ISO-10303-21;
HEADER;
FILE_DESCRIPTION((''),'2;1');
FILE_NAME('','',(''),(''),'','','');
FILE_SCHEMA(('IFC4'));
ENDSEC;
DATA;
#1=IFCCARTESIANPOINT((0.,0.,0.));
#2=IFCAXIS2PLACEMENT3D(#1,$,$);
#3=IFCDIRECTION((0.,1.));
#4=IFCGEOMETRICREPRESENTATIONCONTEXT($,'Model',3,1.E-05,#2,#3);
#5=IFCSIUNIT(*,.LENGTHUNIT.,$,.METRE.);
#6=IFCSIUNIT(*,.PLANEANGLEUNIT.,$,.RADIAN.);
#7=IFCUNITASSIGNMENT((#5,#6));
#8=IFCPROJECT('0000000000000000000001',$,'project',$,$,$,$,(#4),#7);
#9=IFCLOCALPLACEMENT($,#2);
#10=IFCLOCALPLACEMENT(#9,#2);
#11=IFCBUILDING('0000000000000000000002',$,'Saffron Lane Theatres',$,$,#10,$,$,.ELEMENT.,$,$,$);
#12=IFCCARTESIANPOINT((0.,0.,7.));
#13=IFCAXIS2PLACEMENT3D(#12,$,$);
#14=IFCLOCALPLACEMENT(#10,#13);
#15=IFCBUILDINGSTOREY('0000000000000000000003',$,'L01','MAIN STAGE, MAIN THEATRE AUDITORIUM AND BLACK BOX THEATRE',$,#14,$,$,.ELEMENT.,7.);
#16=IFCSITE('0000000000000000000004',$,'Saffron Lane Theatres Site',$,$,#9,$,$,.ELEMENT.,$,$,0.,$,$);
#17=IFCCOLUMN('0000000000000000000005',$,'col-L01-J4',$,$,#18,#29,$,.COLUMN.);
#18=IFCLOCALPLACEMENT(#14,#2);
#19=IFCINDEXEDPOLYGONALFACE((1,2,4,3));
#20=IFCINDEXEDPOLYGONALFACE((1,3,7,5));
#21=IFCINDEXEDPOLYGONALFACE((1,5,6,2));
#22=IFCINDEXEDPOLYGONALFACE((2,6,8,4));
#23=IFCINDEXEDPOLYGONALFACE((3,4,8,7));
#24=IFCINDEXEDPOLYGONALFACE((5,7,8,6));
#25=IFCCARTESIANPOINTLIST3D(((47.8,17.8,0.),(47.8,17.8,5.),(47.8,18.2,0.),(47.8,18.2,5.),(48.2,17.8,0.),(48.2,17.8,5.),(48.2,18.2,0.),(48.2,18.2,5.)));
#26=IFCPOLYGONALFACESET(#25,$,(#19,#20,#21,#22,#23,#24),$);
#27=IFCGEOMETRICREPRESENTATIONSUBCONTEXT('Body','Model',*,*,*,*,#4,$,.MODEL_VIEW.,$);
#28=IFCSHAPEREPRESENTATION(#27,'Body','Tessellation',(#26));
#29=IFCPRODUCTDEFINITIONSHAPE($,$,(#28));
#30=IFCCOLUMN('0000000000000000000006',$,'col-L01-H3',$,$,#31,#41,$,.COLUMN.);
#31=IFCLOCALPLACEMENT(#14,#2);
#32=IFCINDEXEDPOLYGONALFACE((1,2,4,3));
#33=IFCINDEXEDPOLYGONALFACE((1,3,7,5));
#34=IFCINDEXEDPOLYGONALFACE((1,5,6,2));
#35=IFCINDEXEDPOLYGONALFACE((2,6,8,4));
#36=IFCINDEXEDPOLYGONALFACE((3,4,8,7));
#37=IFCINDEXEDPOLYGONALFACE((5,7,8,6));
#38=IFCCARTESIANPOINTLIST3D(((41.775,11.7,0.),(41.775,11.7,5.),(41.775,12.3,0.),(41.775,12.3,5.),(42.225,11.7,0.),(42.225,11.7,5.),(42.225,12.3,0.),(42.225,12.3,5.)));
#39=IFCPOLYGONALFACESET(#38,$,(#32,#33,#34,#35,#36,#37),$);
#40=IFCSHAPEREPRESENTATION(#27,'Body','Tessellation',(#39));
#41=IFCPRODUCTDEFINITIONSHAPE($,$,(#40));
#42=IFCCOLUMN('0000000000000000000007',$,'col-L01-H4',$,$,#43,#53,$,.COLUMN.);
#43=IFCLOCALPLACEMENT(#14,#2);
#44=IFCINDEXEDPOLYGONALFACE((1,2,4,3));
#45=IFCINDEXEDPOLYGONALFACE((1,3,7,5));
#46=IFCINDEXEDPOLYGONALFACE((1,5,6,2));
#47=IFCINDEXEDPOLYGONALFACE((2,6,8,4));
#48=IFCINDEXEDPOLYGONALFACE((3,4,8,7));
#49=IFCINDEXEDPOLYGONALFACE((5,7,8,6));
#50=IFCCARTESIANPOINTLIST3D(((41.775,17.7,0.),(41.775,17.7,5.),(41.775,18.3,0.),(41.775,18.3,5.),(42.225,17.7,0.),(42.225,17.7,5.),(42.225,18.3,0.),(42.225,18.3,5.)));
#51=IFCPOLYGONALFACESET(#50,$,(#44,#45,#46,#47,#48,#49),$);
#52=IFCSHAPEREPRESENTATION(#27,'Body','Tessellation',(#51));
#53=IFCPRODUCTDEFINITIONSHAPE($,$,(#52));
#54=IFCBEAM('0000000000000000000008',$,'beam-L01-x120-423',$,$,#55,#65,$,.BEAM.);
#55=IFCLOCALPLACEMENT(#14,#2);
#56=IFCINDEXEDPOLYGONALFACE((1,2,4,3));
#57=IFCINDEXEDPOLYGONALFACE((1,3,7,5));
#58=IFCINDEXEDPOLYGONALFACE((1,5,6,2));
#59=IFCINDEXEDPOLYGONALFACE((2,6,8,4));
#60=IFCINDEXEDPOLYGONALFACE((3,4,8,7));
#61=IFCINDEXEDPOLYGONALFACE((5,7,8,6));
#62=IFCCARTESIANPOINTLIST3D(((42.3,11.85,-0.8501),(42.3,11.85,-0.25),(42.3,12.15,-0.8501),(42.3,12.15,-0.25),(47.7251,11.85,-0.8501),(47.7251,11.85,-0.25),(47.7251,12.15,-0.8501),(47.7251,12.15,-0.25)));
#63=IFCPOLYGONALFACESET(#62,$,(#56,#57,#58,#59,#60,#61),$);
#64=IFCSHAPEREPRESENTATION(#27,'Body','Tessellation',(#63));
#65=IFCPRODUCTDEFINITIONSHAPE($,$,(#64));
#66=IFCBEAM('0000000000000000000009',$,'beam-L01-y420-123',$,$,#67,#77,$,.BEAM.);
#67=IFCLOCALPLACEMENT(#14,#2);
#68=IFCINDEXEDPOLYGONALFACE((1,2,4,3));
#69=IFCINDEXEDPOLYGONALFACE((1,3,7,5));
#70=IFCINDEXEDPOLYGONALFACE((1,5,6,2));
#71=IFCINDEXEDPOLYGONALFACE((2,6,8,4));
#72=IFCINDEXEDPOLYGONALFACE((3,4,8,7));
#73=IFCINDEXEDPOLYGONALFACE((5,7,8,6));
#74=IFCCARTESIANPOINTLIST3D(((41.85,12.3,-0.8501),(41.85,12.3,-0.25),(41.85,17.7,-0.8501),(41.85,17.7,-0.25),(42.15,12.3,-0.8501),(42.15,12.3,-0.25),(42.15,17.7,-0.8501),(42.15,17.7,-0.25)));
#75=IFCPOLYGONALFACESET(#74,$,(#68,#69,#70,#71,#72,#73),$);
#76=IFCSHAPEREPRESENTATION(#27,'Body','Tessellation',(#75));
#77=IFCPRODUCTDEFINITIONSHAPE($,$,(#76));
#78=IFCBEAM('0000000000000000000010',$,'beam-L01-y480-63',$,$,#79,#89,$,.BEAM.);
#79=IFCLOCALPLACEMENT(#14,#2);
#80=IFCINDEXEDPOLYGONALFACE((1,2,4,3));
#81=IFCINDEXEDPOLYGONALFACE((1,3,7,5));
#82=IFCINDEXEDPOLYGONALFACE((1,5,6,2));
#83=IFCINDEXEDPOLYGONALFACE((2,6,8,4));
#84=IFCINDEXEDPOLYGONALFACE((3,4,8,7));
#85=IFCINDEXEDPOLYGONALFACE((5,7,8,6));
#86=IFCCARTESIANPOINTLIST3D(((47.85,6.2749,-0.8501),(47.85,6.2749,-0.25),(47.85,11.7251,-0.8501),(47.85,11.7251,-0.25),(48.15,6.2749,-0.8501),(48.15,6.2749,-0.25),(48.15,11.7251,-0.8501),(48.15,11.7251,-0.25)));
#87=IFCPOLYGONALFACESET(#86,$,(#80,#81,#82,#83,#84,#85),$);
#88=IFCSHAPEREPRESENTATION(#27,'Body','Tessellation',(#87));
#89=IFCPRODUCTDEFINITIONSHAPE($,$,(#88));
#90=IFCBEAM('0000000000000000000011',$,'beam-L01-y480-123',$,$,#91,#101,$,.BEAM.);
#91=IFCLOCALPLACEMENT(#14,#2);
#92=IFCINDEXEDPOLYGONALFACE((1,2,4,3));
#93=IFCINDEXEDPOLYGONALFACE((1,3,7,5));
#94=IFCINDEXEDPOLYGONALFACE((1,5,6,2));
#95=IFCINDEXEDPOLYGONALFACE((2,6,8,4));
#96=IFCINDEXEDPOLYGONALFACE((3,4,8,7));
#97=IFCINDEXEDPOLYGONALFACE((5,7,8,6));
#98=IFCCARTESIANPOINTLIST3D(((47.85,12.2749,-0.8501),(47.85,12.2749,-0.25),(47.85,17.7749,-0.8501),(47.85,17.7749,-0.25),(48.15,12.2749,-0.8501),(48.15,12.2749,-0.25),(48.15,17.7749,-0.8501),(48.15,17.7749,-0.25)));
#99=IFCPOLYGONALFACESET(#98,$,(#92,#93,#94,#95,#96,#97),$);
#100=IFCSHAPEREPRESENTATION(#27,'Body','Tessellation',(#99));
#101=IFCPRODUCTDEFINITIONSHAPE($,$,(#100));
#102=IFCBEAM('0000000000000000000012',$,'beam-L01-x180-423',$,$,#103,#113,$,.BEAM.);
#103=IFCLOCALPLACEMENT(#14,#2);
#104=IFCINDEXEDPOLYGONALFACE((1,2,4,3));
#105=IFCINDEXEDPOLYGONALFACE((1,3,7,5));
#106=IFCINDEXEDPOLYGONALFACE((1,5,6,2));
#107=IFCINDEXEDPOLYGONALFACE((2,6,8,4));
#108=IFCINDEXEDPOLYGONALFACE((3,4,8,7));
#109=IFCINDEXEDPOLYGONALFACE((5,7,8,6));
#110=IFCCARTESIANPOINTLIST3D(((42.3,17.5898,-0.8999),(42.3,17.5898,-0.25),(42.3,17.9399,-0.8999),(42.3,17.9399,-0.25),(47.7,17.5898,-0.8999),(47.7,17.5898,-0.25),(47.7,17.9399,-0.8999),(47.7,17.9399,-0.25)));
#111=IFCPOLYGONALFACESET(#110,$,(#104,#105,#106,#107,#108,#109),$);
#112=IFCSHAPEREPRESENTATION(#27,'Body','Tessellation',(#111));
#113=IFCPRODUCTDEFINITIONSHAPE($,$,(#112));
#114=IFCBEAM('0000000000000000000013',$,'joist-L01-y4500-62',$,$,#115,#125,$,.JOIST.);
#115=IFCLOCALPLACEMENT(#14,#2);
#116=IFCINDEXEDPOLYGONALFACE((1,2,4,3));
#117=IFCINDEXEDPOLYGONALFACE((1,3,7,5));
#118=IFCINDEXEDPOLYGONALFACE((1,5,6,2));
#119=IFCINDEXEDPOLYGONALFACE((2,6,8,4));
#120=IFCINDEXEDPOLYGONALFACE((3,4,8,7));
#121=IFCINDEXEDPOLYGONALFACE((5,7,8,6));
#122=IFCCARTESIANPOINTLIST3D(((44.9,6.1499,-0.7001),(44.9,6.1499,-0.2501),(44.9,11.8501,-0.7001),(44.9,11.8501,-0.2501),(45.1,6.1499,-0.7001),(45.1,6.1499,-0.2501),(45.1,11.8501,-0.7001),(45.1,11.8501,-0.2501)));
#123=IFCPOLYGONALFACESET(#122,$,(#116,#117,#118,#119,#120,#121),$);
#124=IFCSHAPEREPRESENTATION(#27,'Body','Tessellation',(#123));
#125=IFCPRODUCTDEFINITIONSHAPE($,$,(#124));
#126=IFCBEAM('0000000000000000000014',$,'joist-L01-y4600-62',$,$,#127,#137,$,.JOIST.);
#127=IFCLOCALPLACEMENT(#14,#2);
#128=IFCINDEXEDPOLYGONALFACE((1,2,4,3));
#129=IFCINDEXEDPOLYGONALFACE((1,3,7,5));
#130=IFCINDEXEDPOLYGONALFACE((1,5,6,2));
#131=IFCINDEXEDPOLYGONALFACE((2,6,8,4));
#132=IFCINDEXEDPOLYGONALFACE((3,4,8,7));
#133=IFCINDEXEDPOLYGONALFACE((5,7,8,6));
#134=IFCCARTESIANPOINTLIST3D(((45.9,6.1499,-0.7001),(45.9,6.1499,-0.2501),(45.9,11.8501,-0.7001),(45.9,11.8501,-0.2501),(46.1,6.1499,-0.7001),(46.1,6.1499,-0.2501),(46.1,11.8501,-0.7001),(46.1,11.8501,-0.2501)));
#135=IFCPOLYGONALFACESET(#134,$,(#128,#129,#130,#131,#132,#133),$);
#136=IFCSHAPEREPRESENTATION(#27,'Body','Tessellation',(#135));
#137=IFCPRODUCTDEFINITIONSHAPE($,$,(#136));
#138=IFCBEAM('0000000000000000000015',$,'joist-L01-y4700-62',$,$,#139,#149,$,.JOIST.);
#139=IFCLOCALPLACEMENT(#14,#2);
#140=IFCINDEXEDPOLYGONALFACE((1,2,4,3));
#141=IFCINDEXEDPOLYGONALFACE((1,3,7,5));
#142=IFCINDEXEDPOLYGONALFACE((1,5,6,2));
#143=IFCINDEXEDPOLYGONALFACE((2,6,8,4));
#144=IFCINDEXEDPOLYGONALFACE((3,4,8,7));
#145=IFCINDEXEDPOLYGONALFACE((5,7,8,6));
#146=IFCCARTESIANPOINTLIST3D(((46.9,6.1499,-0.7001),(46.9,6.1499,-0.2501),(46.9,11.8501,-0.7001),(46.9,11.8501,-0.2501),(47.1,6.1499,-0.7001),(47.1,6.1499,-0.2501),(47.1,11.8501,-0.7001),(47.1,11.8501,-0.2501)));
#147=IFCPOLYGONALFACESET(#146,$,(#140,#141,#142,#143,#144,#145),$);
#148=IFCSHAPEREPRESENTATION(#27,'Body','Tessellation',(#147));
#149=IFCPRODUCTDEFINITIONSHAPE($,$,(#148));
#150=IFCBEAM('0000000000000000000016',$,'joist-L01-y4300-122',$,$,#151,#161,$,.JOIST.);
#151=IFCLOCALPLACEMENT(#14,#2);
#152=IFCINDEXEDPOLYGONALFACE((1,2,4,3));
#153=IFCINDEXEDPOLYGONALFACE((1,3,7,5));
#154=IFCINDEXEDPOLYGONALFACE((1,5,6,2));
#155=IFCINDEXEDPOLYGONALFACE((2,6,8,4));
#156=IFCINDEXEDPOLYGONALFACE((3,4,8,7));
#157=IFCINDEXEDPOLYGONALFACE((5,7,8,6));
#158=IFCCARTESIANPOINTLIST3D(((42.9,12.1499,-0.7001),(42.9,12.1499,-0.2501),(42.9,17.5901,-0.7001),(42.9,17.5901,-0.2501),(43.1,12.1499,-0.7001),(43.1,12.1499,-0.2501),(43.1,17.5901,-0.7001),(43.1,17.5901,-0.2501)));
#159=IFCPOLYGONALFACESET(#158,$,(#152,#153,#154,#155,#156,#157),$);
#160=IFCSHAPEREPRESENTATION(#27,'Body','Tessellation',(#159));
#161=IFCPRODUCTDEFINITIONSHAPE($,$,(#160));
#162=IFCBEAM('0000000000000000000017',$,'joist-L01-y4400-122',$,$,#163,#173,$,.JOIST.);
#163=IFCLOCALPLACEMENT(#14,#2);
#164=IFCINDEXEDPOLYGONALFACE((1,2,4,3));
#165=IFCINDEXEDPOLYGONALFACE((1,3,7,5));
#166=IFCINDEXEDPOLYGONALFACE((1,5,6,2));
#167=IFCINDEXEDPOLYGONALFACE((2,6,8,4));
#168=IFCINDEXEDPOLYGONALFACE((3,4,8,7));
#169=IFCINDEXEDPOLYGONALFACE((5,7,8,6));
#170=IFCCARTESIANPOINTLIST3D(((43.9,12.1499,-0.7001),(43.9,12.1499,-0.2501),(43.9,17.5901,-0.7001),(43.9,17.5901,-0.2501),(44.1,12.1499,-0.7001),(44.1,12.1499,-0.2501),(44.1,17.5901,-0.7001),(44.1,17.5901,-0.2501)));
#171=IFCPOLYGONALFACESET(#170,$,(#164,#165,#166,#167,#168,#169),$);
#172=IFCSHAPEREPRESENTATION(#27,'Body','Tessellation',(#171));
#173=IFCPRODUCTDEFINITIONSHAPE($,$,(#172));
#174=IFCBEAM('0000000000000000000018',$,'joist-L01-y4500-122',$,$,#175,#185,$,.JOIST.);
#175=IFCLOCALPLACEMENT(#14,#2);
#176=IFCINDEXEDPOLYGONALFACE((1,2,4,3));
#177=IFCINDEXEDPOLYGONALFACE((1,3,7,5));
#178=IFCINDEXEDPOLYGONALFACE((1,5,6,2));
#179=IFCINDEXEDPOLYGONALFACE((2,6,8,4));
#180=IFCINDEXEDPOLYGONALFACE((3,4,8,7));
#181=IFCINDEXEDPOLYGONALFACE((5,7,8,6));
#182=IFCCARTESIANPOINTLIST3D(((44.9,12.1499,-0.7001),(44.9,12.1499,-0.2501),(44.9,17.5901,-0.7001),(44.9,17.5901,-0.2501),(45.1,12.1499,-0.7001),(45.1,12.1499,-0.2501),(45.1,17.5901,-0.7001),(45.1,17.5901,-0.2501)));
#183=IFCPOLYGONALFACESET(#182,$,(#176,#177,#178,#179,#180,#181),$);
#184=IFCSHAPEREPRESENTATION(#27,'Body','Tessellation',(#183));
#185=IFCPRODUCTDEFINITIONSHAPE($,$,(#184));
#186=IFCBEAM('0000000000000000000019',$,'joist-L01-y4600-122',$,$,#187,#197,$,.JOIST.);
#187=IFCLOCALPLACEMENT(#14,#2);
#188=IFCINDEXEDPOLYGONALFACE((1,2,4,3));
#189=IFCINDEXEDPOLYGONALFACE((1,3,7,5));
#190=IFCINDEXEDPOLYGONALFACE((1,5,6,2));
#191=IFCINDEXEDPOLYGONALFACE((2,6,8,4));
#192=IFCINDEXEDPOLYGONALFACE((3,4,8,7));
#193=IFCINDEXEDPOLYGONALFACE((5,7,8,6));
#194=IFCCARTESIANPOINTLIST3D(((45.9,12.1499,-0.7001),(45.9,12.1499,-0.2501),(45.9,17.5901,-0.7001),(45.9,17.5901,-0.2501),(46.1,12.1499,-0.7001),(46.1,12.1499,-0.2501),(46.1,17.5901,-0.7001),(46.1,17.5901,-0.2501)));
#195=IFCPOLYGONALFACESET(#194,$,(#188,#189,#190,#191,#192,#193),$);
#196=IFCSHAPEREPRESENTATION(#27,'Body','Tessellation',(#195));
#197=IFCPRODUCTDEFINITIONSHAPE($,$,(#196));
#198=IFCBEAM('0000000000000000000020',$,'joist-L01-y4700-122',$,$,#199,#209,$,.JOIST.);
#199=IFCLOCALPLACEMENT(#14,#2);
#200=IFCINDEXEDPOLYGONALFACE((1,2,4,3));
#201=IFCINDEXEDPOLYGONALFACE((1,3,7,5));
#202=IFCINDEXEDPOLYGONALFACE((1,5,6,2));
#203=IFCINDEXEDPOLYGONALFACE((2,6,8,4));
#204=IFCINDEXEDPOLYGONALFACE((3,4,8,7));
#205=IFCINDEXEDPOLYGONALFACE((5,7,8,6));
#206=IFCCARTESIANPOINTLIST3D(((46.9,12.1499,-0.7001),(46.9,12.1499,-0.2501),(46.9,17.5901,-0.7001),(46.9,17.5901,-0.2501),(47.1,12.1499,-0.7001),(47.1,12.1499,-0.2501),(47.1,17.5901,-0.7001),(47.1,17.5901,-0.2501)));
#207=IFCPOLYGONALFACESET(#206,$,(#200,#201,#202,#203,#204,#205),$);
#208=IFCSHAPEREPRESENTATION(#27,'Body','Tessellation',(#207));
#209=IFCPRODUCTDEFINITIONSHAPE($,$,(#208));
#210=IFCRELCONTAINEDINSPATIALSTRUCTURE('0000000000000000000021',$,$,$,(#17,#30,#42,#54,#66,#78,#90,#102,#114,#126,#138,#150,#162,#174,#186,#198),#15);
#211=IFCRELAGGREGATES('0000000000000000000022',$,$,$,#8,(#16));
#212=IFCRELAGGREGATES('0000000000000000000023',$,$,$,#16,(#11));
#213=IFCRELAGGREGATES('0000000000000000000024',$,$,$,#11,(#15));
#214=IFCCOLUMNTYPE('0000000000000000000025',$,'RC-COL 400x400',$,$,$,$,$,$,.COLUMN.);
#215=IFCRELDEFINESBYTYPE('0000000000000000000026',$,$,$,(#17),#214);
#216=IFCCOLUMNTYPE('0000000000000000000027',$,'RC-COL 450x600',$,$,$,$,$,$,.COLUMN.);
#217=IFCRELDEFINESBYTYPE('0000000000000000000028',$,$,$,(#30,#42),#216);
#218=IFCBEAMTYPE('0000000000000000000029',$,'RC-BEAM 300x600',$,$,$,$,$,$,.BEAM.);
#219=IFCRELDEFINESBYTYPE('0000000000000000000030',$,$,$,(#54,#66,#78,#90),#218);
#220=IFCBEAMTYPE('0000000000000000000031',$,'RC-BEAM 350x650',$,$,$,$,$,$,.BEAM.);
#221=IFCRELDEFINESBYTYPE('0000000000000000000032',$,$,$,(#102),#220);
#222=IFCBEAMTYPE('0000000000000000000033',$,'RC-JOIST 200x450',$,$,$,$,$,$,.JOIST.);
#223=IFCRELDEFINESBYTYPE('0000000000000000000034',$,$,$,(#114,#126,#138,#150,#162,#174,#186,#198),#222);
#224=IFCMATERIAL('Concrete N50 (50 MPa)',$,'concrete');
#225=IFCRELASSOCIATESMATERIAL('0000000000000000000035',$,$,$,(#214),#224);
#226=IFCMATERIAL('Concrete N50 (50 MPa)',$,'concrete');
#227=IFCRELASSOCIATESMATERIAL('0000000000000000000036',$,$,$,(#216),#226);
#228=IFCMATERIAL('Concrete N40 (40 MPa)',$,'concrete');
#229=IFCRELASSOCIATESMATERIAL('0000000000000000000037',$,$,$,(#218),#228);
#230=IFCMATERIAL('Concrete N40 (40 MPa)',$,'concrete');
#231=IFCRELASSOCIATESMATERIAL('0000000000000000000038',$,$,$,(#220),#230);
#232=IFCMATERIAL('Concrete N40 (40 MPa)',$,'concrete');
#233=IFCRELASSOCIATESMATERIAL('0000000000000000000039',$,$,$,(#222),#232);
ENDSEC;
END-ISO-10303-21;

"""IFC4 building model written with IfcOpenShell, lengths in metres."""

from ifc_helpers import new_model, si_unit, direction, frame, origin, origin_2d, place, context, subcontext, project, spatial, rectangle, extrude, material, material_profile, profile_set, type_object, element, save


model = new_model("IFC4")

# Units and contexts
model_context = context("Model", 3, precision=1e-05, world=origin(), true_north=direction((0.0, 1.0)))
body_context = subcontext(model_context, "Body", "Model", "MODEL_VIEW")
ifc_project = project(units=[si_unit("LENGTHUNIT", "METRE"), si_unit("PLANEANGLEUNIT", "RADIAN")], contexts=[model_context])

# Site, building, storey
site_placement = place(None, origin())
site = spatial("IfcSite", under=ifc_project, at=site_placement, Name="Saffron Lane Theatres Site", CompositionType="ELEMENT", RefElevation=0.0)
building_placement = place(site_placement, origin())
building = spatial("IfcBuilding", under=site, at=building_placement, Name="Saffron Lane Theatres", CompositionType="ELEMENT")
storey_placement = place(building_placement, frame((0.0, 0.0, 7.0)))
storey = spatial("IfcBuildingStorey", under=building, at=storey_placement, Name="L01", Description="MAIN STAGE, MAIN THEATRE AUDITORIUM AND BLACK BOX THEATRE", CompositionType="ELEMENT", Elevation=7.0)

# Columns
ifc_material_1 = material(Name="Concrete N50 (50 MPa)", Category="concrete")
ifc_material_profile_1 = material_profile(ifc_material_1, rectangle(XDim=0.3999, YDim=0.3999, at=origin_2d()))
ifc_profile_set_1 = profile_set([ifc_material_profile_1], Name="Concrete N50 (50 MPa)")
column_type_1 = type_object("IfcColumnType", Name="RC-COL 400x400", PredefinedType="COLUMN", material=ifc_profile_set_1)
column_placement = place(storey_placement, frame((48.0, 18.0, 0.0), z_axis=(0.0, 0.0, 1.0), x_axis=(1.0, 0.0, 0.0)))
element("IfcColumn", 1, at=column_placement, inside=storey, type_object=column_type_1, Name="col-L01-J4", PredefinedType="COLUMN", context=body_context, shape_type="SweptSolid", body=[
    extrude(rectangle(XDim=0.3999, YDim=0.3999, at=origin_2d()), origin(), (0.0, 0.0, 1.0), 5.0),
])
ifc_material_2 = material(Name="Concrete N50 (50 MPa)", Category="concrete")
ifc_material_profile_2 = material_profile(ifc_material_2, rectangle(XDim=0.45, YDim=0.6001, at=origin_2d()))
ifc_profile_set_2 = profile_set([ifc_material_profile_2], Name="Concrete N50 (50 MPa)")
column_type_2 = type_object("IfcColumnType", Name="RC-COL 450x600", PredefinedType="COLUMN", material=ifc_profile_set_2)
for number, where, z_axis, x_axis, name in (
    (2, (42.0, 12.0, 0.0), (0.0, 0.0, 1.0), (1.0, 0.0, 0.0), "col-L01-H3"),
    (3, (42.0, 18.0, 0.0), (0.0, 0.0, 1.0), (1.0, 0.0, 0.0), "col-L01-H4"),
):
    element("IfcColumn", number, at=place(storey_placement, frame(where, z_axis=z_axis, x_axis=x_axis)), inside=storey, type_object=column_type_2, Name=name, PredefinedType="COLUMN", context=body_context, shape_type="SweptSolid", body=[
        extrude(rectangle(XDim=0.45, YDim=0.6001, at=origin_2d()), origin(), (0.0, 0.0, 1.0), 5.0),
    ])

# Beams
ifc_material_3 = material(Name="Concrete N40 (40 MPa)", Category="concrete")
ifc_material_profile_3 = material_profile(ifc_material_3, rectangle(XDim=0.3, YDim=0.6001, at=origin_2d()))
ifc_profile_set_3 = profile_set([ifc_material_profile_3], Name="Concrete N40 (40 MPa)")
beam_type_1 = type_object("IfcBeamType", Name="RC-BEAM 300x600", PredefinedType="BEAM", material=ifc_profile_set_3)
beam_1_placement = place(storey_placement, frame((42.3, 12.0, -0.55), z_axis=(1.0, 0.0, 0.0), x_axis=(0.0, 1.0, 0.0)))
element("IfcBeam", 4, at=beam_1_placement, inside=storey, type_object=beam_type_1, Name="beam-L01-x120-423", PredefinedType="BEAM", context=body_context, shape_type="SweptSolid", body=[
    extrude(rectangle(XDim=0.3, YDim=0.6001, at=origin_2d()), origin(), (0.0, 0.0, 1.0), 5.425),
])
beam_2_placement = place(storey_placement, frame((42.0, 12.3, -0.55), z_axis=(0.0, 1.0, 0.0), x_axis=(-1.0, 0.0, 0.0)))
element("IfcBeam", 5, at=beam_2_placement, inside=storey, type_object=beam_type_1, Name="beam-L01-y420-123", PredefinedType="BEAM", context=body_context, shape_type="SweptSolid", body=[
    extrude(rectangle(XDim=0.3, YDim=0.6001, at=origin_2d()), origin(), (0.0, 0.0, 1.0), 5.3999),
])
beam_3_placement = place(storey_placement, frame((48.0, 6.2749, -0.55), z_axis=(0.0, 1.0, 0.0), x_axis=(-1.0, 0.0, 0.0)))
element("IfcBeam", 6, at=beam_3_placement, inside=storey, type_object=beam_type_1, Name="beam-L01-y480-63", PredefinedType="BEAM", context=body_context, shape_type="SweptSolid", body=[
    extrude(rectangle(XDim=0.3, YDim=0.6001, at=origin_2d()), origin(), (0.0, 0.0, 1.0), 5.4502),
])
beam_4_placement = place(storey_placement, frame((48.0, 12.2749, -0.55), z_axis=(0.0, 1.0, 0.0), x_axis=(-1.0, 0.0, 0.0)))
element("IfcBeam", 7, at=beam_4_placement, inside=storey, type_object=beam_type_1, Name="beam-L01-y480-123", PredefinedType="BEAM", context=body_context, shape_type="SweptSolid", body=[
    extrude(rectangle(XDim=0.3, YDim=0.6001, at=origin_2d()), origin(), (0.0, 0.0, 1.0), 5.5),
])
ifc_material_4 = material(Name="Concrete N40 (40 MPa)", Category="concrete")
ifc_material_profile_4 = material_profile(ifc_material_4, rectangle(XDim=0.3501, YDim=0.6499, at=origin_2d()))
ifc_profile_set_4 = profile_set([ifc_material_profile_4], Name="Concrete N40 (40 MPa)")
beam_type_2 = type_object("IfcBeamType", Name="RC-BEAM 350x650", PredefinedType="BEAM", material=ifc_profile_set_4)
beam_5_placement = place(storey_placement, frame((42.3, 17.7649, -0.575), z_axis=(1.0, 0.0, 0.0), x_axis=(0.0, 1.0, 0.0)))
element("IfcBeam", 8, at=beam_5_placement, inside=storey, type_object=beam_type_2, Name="beam-L01-x180-423", PredefinedType="BEAM", context=body_context, shape_type="SweptSolid", body=[
    extrude(rectangle(XDim=0.3501, YDim=0.6499, at=origin_2d()), origin(), (0.0, 0.0, 1.0), 5.3999),
])
ifc_material_5 = material(Name="Concrete N40 (40 MPa)", Category="concrete")
ifc_material_profile_5 = material_profile(ifc_material_5, rectangle(XDim=0.2, YDim=0.45, at=origin_2d()))
ifc_profile_set_5 = profile_set([ifc_material_profile_5], Name="Concrete N40 (40 MPa)")
beam_type_3 = type_object("IfcBeamType", Name="RC-JOIST 200x450", PredefinedType="JOIST", material=ifc_profile_set_5)
for number, where, z_axis, x_axis, name in (
    (9, (45.0, 6.1499, -0.4751), (0.0, 1.0, 0.0), (-1.0, 0.0, 0.0), "joist-L01-y4500-62"),
    (10, (46.0, 6.1499, -0.4751), (0.0, 1.0, 0.0), (-1.0, 0.0, 0.0), "joist-L01-y4600-62"),
    (11, (47.0, 6.1499, -0.4751), (0.0, 1.0, 0.0), (-1.0, 0.0, 0.0), "joist-L01-y4700-62"),
):
    element("IfcBeam", number, at=place(storey_placement, frame(where, z_axis=z_axis, x_axis=x_axis)), inside=storey, type_object=beam_type_3, Name=name, PredefinedType="JOIST", context=body_context, shape_type="SweptSolid", body=[
        extrude(rectangle(XDim=0.2, YDim=0.45, at=origin_2d()), origin(), (0.0, 0.0, 1.0), 5.7002),
    ])
for number, where, z_axis, x_axis, name in (
    (12, (43.0, 12.1499, -0.4751), (0.0, 1.0, 0.0), (-1.0, 0.0, 0.0), "joist-L01-y4300-122"),
    (13, (44.0, 12.1499, -0.4751), (0.0, 1.0, 0.0), (-1.0, 0.0, 0.0), "joist-L01-y4400-122"),
    (14, (45.0, 12.1499, -0.4751), (0.0, 1.0, 0.0), (-1.0, 0.0, 0.0), "joist-L01-y4500-122"),
    (15, (46.0, 12.1499, -0.4751), (0.0, 1.0, 0.0), (-1.0, 0.0, 0.0), "joist-L01-y4600-122"),
    (16, (47.0, 12.1499, -0.4751), (0.0, 1.0, 0.0), (-1.0, 0.0, 0.0), "joist-L01-y4700-122"),
):
    element("IfcBeam", number, at=place(storey_placement, frame(where, z_axis=z_axis, x_axis=x_axis)), inside=storey, type_object=beam_type_3, Name=name, PredefinedType="JOIST", context=body_context, shape_type="SweptSolid", body=[
        extrude(rectangle(XDim=0.2, YDim=0.45, at=origin_2d()), origin(), (0.0, 0.0, 1.0), 5.4402),
    ])

save(model, "model.ifc")
